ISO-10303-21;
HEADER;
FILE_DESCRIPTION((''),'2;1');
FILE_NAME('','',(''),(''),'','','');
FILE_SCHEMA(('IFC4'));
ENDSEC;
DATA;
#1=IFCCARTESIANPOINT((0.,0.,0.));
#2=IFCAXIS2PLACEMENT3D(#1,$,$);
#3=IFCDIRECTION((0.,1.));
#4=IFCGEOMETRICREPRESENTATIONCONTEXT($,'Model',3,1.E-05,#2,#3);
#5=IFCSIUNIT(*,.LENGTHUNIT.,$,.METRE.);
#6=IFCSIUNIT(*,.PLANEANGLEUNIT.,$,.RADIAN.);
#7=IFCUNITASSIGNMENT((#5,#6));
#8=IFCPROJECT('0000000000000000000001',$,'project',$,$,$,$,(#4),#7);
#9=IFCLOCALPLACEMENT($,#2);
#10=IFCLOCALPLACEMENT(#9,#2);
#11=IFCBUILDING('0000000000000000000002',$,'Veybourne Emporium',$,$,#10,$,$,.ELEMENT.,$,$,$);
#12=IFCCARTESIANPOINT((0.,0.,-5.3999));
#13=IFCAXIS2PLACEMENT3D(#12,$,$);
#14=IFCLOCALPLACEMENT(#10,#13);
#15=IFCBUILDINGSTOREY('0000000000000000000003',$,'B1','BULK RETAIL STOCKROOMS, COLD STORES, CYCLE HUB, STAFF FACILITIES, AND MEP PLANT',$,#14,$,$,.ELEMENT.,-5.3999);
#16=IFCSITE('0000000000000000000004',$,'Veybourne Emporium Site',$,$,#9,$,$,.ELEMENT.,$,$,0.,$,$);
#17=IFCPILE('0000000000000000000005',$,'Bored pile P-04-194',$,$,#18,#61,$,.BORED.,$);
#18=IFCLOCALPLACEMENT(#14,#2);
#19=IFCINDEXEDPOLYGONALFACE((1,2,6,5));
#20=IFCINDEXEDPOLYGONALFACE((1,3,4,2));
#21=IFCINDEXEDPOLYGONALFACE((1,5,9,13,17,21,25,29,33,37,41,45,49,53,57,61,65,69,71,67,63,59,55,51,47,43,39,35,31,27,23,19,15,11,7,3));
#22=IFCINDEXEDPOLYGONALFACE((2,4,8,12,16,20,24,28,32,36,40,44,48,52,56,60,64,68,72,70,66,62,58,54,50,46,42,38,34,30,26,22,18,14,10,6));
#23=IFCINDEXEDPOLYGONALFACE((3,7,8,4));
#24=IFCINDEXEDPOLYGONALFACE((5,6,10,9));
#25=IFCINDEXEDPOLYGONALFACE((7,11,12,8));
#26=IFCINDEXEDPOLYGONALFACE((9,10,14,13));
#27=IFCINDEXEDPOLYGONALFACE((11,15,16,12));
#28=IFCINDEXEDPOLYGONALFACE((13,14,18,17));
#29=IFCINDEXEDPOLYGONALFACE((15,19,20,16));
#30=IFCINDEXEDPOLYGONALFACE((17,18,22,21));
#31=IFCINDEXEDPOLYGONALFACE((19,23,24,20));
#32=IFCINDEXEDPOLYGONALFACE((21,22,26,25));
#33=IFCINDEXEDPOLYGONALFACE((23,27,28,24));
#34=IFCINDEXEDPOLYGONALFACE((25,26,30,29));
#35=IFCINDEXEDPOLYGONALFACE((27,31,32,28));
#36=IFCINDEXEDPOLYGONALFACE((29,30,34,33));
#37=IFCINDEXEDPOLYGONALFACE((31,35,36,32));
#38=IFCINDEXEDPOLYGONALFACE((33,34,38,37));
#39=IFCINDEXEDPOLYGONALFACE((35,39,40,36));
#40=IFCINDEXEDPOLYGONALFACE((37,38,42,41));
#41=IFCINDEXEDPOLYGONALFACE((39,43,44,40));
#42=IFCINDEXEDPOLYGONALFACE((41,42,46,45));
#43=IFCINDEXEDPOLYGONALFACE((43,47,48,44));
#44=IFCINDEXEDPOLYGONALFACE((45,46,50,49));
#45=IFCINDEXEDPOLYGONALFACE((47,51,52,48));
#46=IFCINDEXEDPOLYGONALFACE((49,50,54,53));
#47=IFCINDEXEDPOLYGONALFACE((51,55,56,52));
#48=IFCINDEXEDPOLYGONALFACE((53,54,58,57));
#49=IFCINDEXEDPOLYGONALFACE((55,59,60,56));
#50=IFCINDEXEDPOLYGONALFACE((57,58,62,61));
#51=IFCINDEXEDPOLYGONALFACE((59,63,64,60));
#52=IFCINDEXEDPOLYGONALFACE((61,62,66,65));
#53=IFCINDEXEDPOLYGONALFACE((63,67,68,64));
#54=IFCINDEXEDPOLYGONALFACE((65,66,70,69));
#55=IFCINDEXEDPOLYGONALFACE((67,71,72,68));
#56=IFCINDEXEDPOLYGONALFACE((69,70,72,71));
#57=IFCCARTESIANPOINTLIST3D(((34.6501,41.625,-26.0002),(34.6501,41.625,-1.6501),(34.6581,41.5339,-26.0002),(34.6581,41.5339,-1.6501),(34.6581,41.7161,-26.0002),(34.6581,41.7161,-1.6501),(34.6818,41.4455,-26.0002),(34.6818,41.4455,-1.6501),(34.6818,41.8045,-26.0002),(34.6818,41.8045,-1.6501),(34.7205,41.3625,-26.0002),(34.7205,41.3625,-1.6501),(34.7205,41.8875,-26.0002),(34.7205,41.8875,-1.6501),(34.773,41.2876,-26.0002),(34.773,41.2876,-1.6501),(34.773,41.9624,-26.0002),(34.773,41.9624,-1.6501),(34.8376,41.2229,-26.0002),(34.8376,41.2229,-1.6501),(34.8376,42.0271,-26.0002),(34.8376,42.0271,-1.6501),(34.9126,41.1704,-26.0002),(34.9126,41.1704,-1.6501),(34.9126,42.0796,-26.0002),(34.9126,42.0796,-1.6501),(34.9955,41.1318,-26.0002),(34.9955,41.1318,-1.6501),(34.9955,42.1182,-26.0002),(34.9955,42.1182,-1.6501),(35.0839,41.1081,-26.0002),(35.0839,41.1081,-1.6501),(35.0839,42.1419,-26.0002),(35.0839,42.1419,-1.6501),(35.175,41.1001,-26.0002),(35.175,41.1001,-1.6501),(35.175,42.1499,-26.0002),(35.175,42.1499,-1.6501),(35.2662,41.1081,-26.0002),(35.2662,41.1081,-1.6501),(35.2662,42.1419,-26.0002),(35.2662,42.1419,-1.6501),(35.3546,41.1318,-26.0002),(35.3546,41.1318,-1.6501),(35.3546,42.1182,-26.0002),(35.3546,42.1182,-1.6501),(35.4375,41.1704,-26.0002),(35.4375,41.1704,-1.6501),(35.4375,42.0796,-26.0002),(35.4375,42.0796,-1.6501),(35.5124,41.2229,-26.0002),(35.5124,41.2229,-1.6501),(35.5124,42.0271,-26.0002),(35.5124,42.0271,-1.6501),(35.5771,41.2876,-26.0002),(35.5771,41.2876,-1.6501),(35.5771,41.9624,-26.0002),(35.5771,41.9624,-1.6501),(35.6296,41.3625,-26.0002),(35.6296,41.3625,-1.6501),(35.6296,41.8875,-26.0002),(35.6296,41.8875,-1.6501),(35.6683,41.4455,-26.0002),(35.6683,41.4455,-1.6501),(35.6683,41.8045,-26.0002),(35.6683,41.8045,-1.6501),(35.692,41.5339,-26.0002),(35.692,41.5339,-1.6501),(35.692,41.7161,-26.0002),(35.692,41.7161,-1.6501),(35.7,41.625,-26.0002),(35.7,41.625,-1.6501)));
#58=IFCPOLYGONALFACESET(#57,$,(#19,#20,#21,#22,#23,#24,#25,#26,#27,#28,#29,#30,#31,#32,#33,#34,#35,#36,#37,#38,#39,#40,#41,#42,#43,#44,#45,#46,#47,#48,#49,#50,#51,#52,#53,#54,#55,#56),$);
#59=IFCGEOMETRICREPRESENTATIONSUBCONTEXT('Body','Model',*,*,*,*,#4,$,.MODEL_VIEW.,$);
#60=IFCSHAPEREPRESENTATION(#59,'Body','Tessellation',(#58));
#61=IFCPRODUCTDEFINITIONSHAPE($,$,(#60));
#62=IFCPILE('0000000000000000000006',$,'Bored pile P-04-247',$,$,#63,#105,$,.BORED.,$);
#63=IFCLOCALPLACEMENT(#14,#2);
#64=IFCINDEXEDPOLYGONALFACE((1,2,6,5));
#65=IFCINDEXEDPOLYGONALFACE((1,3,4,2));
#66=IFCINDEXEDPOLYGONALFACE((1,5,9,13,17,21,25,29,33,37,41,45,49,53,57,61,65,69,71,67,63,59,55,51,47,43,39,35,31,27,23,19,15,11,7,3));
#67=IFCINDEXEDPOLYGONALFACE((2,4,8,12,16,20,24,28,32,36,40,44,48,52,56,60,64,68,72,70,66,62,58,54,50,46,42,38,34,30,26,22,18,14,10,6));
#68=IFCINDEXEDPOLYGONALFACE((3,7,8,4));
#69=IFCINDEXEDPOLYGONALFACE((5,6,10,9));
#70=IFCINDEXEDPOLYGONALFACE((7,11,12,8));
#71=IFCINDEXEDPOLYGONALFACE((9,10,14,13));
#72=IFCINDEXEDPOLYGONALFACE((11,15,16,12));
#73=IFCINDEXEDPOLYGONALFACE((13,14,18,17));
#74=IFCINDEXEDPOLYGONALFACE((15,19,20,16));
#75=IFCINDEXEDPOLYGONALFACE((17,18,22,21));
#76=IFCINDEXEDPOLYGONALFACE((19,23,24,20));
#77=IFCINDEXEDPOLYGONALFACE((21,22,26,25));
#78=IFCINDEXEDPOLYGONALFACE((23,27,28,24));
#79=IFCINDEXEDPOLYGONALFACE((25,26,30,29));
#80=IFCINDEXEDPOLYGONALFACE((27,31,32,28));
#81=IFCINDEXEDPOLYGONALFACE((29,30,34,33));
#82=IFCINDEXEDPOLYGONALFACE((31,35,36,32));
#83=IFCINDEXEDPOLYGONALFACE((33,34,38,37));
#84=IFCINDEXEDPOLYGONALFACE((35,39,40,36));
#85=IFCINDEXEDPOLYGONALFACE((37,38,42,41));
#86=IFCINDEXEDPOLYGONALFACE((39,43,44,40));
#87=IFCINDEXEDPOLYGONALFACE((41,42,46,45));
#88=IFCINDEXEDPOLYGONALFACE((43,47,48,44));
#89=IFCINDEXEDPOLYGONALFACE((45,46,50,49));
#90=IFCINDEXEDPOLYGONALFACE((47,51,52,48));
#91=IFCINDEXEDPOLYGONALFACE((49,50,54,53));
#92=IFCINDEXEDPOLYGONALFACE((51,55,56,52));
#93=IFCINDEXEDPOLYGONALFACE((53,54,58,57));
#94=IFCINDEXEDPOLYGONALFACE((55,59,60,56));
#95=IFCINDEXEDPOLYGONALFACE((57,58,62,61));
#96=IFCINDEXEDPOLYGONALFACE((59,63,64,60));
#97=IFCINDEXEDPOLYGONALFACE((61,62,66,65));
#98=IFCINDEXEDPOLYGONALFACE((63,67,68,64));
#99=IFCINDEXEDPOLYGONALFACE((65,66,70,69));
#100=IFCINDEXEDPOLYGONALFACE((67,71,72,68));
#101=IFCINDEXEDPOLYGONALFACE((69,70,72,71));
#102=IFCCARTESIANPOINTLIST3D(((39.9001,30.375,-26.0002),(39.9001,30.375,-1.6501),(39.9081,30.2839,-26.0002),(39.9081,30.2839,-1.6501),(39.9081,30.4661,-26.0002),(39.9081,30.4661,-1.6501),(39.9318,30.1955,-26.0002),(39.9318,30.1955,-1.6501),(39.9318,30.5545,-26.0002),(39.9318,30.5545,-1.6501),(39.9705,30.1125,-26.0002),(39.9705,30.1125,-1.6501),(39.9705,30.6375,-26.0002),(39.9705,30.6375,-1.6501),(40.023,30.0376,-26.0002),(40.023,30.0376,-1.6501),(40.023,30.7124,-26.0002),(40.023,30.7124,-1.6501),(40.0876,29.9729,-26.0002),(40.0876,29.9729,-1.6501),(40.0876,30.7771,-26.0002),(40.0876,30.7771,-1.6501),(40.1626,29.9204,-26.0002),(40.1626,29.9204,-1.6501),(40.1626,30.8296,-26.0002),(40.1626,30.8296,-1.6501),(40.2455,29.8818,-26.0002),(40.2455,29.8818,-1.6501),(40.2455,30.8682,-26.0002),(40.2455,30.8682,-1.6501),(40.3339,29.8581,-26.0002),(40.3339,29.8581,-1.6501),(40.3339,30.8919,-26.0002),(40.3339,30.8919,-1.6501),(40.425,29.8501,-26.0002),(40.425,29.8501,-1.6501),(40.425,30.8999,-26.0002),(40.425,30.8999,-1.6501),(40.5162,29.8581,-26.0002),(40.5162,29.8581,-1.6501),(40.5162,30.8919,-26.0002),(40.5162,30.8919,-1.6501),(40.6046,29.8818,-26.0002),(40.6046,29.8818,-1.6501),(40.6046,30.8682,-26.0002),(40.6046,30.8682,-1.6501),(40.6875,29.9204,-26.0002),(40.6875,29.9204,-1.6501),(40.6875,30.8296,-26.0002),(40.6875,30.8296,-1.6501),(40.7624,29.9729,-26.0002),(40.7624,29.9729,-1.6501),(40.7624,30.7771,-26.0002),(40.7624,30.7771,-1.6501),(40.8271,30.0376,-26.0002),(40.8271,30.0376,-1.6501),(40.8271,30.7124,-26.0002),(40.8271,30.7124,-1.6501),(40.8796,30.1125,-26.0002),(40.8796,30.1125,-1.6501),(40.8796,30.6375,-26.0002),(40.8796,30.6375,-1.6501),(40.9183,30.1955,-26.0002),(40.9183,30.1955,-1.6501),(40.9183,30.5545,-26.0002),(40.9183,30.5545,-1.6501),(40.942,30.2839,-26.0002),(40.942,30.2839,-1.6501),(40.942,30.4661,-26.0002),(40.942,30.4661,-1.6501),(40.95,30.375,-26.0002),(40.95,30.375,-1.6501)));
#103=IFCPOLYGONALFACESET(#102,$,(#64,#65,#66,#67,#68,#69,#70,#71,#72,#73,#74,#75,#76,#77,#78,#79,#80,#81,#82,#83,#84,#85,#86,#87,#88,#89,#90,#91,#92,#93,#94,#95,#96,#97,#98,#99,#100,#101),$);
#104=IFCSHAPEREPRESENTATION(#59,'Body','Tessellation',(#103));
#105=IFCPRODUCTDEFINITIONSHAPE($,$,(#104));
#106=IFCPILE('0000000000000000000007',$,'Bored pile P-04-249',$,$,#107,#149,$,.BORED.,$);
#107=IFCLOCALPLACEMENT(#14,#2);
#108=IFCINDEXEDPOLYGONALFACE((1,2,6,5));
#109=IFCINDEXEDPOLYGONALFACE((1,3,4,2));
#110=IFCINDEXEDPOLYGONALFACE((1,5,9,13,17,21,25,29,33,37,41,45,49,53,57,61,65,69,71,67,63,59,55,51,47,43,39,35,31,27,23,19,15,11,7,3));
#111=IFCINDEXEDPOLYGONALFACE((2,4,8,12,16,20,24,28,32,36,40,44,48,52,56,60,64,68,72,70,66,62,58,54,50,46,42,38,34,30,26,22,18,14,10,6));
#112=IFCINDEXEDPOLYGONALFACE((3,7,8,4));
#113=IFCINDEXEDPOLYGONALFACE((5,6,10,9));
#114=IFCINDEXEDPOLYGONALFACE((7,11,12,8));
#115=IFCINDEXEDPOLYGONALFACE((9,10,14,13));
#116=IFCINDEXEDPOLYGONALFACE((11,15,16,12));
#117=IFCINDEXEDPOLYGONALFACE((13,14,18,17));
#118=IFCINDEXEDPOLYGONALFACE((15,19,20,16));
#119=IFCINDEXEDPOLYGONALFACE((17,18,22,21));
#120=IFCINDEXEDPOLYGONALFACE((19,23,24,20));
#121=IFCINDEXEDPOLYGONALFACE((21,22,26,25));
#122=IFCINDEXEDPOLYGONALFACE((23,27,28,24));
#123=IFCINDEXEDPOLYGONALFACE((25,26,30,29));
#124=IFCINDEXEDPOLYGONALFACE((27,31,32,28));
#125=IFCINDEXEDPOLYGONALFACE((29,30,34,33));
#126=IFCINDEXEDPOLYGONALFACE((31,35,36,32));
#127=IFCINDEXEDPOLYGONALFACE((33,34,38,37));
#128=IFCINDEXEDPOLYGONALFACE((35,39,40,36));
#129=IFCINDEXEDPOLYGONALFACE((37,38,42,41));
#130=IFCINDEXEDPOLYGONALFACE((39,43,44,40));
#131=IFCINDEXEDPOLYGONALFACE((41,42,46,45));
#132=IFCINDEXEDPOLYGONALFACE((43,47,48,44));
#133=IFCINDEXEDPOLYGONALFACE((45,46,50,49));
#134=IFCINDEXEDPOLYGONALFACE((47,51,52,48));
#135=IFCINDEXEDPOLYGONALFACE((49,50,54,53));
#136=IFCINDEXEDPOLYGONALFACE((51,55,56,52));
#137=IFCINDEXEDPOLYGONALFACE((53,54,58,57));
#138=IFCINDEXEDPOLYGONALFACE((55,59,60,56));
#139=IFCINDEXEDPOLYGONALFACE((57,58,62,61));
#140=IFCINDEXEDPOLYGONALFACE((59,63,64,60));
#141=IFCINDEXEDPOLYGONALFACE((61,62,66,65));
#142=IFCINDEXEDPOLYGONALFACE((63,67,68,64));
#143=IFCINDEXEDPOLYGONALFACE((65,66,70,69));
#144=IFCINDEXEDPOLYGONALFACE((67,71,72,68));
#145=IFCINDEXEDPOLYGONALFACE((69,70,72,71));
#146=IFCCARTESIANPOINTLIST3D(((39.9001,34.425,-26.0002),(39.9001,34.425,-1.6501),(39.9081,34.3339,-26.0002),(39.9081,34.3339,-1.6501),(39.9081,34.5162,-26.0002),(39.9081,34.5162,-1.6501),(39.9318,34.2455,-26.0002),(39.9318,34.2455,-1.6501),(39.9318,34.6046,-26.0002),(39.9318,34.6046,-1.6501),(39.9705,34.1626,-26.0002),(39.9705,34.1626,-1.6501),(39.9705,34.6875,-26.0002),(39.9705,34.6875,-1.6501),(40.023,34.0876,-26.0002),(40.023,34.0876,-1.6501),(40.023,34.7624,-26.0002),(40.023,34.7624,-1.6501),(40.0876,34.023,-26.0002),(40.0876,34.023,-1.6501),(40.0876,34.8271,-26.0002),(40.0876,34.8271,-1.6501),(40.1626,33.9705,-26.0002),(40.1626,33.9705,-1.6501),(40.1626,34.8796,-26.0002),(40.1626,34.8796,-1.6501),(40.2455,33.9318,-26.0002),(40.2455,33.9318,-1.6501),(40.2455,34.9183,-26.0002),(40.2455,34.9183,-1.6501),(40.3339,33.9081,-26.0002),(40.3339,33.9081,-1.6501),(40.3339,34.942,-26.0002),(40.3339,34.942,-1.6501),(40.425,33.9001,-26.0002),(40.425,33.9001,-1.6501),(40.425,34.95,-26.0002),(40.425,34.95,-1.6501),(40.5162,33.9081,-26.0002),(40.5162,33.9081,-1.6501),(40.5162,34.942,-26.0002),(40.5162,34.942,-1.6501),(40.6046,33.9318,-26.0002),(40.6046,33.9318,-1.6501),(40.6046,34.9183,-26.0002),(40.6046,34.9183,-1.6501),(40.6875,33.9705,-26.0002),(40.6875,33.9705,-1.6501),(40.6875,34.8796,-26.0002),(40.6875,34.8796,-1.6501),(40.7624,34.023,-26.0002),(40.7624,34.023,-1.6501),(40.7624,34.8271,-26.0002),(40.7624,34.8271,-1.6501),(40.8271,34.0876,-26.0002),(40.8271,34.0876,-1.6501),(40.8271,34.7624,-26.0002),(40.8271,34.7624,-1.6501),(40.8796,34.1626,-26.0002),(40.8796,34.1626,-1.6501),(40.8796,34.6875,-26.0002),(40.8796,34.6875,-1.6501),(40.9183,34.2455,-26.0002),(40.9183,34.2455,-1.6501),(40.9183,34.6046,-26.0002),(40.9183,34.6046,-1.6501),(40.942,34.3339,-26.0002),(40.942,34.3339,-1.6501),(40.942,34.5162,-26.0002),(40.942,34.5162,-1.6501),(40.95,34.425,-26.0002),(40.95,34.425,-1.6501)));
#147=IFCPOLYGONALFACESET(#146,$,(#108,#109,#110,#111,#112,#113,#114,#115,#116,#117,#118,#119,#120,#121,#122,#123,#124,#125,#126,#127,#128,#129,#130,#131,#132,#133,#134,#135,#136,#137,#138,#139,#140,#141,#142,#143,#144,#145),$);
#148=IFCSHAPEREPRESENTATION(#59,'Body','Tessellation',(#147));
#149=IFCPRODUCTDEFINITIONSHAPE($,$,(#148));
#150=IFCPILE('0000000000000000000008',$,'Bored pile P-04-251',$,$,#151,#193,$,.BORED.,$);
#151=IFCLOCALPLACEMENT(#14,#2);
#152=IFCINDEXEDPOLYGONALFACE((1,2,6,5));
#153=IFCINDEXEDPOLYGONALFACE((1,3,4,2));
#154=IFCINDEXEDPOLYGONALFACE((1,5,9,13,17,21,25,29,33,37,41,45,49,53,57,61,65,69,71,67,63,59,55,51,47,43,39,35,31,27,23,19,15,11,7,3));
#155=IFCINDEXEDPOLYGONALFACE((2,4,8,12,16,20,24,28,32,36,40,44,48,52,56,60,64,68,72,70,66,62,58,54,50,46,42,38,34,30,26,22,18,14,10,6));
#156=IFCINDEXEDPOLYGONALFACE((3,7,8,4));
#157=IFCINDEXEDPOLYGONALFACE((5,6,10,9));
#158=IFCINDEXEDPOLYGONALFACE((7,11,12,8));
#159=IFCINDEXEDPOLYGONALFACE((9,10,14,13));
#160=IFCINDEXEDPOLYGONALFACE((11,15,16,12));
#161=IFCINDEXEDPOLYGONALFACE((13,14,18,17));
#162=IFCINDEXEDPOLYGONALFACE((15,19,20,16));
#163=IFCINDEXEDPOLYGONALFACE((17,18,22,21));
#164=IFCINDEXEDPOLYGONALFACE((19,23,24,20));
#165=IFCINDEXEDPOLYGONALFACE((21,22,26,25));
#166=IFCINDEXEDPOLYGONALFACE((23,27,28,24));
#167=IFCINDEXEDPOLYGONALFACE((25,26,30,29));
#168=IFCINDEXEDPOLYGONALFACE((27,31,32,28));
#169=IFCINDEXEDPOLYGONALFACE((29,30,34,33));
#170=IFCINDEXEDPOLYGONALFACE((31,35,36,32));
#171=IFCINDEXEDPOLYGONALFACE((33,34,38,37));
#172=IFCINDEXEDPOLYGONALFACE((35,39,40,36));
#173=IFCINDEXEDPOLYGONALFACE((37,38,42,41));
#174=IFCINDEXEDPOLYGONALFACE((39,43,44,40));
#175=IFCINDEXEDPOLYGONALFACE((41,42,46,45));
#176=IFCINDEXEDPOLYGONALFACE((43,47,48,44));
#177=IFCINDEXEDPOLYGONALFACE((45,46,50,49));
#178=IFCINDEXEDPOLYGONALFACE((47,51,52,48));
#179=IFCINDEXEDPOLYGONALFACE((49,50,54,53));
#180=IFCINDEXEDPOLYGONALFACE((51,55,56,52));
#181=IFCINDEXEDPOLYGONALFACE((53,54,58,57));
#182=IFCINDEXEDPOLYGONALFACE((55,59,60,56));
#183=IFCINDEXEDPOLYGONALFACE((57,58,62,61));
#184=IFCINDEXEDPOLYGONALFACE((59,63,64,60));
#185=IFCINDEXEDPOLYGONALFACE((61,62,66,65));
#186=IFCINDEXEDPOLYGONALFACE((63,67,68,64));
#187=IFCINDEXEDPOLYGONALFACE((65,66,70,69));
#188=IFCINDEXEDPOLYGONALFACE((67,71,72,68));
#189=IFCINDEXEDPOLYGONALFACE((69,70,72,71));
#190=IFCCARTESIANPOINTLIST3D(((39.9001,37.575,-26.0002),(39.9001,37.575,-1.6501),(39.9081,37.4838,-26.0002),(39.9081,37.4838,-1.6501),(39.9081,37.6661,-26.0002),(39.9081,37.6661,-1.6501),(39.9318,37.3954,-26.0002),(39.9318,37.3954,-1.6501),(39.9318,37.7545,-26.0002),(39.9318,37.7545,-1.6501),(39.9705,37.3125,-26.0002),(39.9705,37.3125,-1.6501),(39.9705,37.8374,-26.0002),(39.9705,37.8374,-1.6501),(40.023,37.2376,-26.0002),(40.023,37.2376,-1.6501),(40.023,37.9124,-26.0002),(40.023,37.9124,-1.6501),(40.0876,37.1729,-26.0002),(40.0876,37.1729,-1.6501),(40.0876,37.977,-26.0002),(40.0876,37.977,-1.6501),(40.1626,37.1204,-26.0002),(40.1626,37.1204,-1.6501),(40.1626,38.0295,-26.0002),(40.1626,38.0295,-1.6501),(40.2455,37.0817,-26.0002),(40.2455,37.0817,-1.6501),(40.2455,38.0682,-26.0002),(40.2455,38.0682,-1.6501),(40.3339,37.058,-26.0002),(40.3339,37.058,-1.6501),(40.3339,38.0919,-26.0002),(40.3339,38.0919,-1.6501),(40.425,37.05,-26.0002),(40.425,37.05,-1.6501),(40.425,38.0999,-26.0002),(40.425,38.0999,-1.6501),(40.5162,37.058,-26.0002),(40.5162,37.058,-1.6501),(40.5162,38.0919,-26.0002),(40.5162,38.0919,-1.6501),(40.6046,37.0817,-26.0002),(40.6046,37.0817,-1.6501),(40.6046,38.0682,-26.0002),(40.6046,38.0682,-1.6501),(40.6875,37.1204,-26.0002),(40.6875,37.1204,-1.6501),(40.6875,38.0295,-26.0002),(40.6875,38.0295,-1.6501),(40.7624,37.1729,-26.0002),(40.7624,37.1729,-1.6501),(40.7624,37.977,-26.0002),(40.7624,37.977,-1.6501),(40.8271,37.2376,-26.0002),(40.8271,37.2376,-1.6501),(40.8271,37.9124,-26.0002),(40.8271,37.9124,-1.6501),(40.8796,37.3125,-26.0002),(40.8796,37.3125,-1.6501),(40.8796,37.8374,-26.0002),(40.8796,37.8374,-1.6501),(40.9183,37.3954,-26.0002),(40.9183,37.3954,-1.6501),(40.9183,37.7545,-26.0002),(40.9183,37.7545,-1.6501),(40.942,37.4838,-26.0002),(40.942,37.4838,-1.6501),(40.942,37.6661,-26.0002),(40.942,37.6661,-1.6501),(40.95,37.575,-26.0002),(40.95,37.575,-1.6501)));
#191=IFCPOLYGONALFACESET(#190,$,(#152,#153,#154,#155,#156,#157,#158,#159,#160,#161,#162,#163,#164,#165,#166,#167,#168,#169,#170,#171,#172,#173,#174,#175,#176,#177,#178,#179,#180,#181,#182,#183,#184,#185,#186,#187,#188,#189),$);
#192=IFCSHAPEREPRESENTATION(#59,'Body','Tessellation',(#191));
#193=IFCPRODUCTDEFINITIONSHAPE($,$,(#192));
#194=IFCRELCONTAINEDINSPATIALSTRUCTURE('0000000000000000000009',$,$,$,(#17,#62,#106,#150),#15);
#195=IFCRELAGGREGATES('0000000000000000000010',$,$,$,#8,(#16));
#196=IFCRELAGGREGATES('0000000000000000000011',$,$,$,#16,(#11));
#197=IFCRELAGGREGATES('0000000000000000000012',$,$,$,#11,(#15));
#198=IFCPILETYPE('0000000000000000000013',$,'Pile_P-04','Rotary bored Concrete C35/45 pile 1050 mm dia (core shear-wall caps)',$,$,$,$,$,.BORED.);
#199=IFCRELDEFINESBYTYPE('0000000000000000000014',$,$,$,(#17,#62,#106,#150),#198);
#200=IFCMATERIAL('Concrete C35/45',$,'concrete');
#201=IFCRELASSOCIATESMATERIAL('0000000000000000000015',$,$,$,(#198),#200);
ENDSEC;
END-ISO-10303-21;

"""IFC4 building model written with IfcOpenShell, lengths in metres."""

from ifc_helpers import new_model, si_unit, direction, frame, origin, origin_2d, place, context, subcontext, project, spatial, circle, extrude, material, material_profile, profile_set, type_object, element, save


model = new_model("IFC4")

# Units and contexts
model_context = context("Model", 3, precision=1e-05, world=origin(), true_north=direction((0.0, 1.0)))
body_context = subcontext(model_context, "Body", "Model", "MODEL_VIEW")
ifc_project = project(units=[si_unit("LENGTHUNIT", "METRE"), si_unit("PLANEANGLEUNIT", "RADIAN")], contexts=[model_context])

# Site, building, storey
site_placement = place(None, origin())
site = spatial("IfcSite", under=ifc_project, at=site_placement, Name="Veybourne Emporium Site", CompositionType="ELEMENT", RefElevation=0.0)
building_placement = place(site_placement, origin())
building = spatial("IfcBuilding", under=site, at=building_placement, Name="Veybourne Emporium", CompositionType="ELEMENT")
storey_placement = place(building_placement, frame((0.0, 0.0, -5.3999)))
storey = spatial("IfcBuildingStorey", under=building, at=storey_placement, Name="B1", Description="BULK RETAIL STOCKROOMS, COLD STORES, CYCLE HUB, STAFF FACILITIES, AND MEP PLANT", CompositionType="ELEMENT", Elevation=-5.3999)

# Shared definitions
ifc_material_1 = material(Name="Concrete C35/45", Category="concrete")

# Piles
ifc_material_profile_1 = material_profile(ifc_material_1, circle(Radius=0.5249, at=origin_2d()), Name="BORED PILE 1050")
ifc_profile_set_1 = profile_set([ifc_material_profile_1], Name="Concrete C35/45")
pile_type_1 = type_object("IfcPileType", Name="Pile_P-04", Description="Rotary bored Concrete C35/45 pile 1050 mm dia (core shear-wall caps)", PredefinedType="BORED", material=ifc_profile_set_1)
for number, where, z_axis, x_axis, name in (
    (1, (35.175, 41.625, -1.6501), (0.0, 0.0, -1.0), (1.0, 0.0, 0.0), "Bored pile P-04-194"),
    (2, (40.425, 30.375, -1.6501), (0.0, 0.0, -1.0), (1.0, 0.0, 0.0), "Bored pile P-04-247"),
    (3, (40.425, 34.425, -1.6501), (0.0, 0.0, -1.0), (1.0, 0.0, 0.0), "Bored pile P-04-249"),
    (4, (40.425, 37.575, -1.6501), (0.0, 0.0, -1.0), (1.0, 0.0, 0.0), "Bored pile P-04-251"),
):
    element("IfcPile", number, at=place(storey_placement, frame(where, z_axis=z_axis, x_axis=x_axis)), inside=storey, type_object=pile_type_1, Name=name, PredefinedType="BORED", context=body_context, shape_type="SweptSolid", body=[
        extrude(circle(Radius=0.5249, at=origin_2d()), origin(), (0.0, 0.0, 1.0), 24.3501),
    ])

save(model, "model.ifc")
